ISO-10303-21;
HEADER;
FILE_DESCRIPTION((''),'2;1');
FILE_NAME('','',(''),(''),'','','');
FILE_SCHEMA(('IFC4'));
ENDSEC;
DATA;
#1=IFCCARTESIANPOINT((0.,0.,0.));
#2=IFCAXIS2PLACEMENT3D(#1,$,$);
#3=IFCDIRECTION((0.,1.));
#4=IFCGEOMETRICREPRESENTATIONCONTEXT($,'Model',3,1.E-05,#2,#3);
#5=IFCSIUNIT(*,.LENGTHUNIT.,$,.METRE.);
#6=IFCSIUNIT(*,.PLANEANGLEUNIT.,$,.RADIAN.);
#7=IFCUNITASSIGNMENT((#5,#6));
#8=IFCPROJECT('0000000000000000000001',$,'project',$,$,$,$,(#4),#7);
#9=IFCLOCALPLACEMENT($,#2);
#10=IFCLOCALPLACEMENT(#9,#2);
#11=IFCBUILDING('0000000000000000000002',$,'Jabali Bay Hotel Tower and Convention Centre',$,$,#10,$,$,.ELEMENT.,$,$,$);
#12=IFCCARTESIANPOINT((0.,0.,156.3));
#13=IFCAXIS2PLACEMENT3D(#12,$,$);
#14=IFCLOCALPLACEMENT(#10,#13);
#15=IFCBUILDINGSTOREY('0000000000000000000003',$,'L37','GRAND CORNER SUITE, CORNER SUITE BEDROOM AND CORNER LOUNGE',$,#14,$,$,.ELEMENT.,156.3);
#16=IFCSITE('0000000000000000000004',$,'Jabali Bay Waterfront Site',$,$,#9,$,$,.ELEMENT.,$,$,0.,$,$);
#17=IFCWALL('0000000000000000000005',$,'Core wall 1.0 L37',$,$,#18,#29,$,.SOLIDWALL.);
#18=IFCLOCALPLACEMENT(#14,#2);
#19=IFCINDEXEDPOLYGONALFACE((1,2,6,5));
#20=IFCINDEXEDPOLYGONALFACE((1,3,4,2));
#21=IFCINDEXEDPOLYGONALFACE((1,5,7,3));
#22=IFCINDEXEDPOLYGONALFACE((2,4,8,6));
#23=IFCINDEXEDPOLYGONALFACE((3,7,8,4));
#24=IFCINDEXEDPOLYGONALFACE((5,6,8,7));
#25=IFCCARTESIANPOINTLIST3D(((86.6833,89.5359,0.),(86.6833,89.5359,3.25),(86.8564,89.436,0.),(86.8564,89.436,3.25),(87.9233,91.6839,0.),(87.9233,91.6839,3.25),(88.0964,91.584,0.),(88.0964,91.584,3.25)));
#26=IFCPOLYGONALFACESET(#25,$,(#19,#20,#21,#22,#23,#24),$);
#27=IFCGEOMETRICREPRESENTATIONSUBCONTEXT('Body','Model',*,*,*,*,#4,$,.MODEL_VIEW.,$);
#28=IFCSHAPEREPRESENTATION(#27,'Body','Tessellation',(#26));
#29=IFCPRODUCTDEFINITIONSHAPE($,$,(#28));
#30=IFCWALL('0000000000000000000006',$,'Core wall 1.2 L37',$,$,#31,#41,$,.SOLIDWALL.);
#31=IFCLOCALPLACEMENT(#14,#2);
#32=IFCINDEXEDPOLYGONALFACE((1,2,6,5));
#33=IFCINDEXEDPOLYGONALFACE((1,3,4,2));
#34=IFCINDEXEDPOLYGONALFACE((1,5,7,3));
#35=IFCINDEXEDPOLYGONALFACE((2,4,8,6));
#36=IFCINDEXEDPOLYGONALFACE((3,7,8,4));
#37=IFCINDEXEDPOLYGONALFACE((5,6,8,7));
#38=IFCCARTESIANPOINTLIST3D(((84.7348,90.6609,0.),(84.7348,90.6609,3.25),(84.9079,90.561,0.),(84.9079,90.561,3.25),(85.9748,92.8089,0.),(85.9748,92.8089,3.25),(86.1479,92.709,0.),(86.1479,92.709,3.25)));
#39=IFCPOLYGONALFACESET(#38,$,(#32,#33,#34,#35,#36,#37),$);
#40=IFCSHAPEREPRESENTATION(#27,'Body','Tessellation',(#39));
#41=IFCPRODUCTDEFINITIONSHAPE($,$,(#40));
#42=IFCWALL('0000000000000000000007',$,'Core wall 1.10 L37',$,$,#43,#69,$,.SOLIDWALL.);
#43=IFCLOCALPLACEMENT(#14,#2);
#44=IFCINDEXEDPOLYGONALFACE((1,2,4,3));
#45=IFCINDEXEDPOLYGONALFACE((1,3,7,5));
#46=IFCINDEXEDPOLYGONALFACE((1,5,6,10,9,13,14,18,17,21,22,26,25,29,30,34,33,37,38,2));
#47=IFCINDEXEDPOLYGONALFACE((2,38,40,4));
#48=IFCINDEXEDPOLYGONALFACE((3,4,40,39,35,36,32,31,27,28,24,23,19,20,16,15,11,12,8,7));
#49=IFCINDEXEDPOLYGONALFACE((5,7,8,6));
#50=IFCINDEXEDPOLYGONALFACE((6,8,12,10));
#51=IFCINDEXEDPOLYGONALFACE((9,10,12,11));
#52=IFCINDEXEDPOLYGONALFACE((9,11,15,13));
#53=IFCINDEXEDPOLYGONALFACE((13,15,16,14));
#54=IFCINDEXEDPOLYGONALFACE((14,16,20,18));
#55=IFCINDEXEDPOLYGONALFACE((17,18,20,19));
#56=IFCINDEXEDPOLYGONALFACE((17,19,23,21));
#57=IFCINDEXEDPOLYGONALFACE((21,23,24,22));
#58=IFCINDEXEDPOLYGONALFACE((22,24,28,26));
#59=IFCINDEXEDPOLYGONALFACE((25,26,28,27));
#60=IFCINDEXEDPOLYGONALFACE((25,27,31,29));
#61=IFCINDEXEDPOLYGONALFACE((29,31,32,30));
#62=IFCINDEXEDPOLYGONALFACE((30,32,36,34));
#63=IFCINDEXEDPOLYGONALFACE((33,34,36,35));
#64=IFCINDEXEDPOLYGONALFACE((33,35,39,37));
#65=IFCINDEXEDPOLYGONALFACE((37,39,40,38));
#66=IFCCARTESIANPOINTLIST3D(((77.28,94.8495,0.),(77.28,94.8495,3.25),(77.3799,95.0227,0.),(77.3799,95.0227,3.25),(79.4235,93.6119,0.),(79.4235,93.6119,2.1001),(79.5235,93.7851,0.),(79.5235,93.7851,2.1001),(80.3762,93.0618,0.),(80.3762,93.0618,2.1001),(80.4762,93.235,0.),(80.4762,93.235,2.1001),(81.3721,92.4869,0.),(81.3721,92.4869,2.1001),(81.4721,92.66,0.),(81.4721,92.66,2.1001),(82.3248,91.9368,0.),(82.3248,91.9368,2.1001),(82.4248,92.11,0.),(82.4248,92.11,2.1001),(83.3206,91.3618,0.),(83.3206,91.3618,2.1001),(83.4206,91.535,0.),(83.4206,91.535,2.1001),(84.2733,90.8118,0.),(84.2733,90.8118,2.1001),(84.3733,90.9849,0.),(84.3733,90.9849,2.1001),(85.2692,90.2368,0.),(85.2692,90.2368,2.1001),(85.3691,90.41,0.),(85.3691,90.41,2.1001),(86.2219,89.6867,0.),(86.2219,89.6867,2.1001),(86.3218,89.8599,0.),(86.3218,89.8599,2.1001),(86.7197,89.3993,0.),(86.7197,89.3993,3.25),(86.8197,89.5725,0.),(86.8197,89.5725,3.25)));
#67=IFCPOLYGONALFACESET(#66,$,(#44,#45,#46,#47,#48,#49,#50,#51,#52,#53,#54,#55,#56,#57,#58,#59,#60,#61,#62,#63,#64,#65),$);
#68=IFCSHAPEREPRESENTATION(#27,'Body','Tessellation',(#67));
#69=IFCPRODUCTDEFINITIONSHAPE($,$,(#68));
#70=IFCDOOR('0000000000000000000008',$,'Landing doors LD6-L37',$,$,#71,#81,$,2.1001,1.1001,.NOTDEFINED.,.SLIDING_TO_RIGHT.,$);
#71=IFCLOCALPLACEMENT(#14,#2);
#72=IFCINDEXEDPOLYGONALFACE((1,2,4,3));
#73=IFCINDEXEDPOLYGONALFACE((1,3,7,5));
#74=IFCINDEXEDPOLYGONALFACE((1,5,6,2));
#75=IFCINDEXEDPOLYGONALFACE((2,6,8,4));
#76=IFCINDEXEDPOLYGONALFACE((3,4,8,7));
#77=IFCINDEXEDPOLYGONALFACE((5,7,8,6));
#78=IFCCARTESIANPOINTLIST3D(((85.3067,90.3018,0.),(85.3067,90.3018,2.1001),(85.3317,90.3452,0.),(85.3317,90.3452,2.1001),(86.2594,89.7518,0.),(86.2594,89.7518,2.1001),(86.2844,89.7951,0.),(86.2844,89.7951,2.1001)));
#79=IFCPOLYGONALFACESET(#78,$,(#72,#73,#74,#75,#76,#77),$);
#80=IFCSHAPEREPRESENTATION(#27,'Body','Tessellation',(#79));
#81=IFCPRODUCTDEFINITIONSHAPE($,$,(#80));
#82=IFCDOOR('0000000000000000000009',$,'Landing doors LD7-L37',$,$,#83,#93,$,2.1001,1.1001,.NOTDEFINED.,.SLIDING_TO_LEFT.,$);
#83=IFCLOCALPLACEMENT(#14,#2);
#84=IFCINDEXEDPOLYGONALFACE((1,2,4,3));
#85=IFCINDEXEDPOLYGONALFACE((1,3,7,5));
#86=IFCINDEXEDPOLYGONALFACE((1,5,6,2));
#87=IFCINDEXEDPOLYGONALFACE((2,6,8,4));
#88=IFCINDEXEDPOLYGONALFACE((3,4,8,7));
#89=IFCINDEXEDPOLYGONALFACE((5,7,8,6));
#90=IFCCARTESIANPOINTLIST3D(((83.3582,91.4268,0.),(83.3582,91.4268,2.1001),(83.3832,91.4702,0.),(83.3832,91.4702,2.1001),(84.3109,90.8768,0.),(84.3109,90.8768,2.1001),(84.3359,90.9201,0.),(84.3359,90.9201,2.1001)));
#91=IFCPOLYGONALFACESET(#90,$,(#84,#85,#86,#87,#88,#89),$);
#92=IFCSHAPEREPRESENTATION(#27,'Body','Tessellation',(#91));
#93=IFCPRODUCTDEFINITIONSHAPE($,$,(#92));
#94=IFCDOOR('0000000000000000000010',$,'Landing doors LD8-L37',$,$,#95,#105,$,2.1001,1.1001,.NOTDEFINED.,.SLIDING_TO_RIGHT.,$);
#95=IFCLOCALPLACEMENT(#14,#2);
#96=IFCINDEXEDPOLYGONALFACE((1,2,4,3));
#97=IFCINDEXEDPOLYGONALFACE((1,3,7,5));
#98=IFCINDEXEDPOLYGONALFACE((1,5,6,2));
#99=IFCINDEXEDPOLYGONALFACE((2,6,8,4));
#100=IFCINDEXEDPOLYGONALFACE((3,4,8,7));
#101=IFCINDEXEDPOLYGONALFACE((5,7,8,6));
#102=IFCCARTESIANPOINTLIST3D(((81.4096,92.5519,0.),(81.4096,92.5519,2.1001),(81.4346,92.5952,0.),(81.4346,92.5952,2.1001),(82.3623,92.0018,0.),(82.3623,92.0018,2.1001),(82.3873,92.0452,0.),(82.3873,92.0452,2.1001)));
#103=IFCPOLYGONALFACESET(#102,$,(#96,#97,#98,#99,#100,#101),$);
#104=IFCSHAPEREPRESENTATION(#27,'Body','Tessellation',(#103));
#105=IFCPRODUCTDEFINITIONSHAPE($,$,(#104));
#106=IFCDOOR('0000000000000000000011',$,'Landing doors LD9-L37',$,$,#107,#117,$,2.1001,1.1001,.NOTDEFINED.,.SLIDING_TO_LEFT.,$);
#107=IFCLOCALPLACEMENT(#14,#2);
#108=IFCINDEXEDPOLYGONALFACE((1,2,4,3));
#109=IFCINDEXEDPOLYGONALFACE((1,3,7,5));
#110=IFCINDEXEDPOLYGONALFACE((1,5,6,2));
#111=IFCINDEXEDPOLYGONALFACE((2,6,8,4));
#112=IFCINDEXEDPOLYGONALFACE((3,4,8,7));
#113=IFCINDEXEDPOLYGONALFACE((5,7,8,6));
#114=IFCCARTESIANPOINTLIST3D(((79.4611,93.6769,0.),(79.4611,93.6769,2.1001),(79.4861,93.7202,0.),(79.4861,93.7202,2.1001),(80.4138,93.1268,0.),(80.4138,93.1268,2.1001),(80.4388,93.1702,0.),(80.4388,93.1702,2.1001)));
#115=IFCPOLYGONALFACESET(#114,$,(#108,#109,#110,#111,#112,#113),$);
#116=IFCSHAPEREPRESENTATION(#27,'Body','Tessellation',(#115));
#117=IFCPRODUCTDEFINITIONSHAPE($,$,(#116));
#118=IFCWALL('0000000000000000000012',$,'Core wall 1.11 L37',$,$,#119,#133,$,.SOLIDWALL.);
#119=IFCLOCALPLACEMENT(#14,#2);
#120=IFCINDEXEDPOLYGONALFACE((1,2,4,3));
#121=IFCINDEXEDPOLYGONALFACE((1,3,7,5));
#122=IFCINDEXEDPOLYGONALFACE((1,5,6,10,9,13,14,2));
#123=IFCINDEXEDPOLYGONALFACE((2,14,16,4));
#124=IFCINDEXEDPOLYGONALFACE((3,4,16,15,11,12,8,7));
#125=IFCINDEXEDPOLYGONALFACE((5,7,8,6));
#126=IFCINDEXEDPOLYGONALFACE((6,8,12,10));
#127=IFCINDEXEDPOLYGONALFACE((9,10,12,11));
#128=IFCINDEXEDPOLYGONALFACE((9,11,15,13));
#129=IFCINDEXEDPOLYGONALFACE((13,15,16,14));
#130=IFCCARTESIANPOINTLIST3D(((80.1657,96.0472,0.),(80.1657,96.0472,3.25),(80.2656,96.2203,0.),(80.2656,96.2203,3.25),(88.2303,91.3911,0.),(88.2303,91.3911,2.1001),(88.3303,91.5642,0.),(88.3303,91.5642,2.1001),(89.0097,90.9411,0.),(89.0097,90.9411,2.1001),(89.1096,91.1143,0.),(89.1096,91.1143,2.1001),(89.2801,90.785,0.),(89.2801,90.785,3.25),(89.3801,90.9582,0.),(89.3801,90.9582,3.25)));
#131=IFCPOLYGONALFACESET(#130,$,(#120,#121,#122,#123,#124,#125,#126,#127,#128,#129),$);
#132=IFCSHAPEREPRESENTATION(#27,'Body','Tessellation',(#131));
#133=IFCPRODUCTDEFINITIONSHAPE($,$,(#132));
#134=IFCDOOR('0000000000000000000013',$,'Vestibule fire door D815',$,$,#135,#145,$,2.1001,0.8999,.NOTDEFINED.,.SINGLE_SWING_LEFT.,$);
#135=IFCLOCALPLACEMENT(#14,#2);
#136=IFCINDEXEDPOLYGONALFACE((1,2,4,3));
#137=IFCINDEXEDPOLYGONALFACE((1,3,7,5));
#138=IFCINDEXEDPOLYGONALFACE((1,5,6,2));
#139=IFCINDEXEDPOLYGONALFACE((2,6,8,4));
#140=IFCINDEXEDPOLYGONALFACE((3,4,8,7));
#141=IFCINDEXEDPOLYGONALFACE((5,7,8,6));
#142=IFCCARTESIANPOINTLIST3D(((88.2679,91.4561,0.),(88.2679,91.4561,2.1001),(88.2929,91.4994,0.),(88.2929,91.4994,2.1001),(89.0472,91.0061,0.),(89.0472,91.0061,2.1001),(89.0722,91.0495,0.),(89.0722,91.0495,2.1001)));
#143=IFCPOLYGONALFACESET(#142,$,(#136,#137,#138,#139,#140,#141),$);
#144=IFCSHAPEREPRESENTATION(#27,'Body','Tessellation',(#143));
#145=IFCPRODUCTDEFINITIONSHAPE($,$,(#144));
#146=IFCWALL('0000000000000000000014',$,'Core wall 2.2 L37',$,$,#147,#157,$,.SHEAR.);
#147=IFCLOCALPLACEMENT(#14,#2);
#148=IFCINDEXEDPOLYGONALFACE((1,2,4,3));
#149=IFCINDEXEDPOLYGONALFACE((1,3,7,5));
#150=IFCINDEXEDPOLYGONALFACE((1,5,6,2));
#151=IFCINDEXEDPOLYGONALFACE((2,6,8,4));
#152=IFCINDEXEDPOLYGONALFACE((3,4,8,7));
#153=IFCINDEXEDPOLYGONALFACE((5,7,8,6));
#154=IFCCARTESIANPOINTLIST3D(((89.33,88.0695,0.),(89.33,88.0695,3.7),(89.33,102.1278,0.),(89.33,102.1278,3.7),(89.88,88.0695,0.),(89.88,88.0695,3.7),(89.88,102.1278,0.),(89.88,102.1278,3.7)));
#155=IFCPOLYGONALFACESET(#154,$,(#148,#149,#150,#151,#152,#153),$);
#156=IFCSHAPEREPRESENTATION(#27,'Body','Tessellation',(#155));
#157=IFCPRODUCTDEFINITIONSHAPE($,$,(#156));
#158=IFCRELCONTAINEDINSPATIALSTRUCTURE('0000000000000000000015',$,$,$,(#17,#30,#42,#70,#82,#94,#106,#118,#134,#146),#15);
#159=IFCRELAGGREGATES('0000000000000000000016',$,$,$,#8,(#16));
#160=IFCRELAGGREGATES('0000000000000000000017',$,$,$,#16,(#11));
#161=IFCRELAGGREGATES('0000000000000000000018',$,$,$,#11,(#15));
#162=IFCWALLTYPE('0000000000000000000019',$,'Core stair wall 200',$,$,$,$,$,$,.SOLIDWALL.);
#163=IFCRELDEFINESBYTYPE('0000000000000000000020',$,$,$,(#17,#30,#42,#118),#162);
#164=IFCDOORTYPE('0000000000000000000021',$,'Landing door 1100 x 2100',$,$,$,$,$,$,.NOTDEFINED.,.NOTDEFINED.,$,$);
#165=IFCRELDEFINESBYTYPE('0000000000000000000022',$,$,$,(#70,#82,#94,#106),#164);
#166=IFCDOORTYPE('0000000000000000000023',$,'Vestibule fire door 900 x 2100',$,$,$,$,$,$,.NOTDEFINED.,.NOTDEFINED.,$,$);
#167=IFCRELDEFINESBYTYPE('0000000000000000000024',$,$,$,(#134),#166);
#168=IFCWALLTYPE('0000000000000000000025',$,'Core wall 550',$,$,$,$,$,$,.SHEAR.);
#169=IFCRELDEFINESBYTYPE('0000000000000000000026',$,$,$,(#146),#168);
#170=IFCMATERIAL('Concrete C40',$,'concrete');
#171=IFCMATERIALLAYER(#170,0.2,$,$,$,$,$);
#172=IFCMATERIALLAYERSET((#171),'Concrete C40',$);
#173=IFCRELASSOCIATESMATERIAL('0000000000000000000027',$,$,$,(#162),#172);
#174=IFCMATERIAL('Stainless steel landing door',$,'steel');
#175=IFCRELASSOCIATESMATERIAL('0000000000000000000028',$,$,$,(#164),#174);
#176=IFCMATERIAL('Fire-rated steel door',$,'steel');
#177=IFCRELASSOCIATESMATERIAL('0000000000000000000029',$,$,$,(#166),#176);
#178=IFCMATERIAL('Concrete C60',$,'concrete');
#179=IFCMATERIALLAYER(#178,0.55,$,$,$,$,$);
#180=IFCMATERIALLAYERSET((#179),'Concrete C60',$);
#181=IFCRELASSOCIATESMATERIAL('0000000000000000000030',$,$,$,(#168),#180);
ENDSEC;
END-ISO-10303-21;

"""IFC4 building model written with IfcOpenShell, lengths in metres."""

from ifc_helpers import new_model, si_unit, direction, frame, frame_2d, origin, place, context, subcontext, project, spatial, rectangle, extrude, material, layer, layer_set, type_object, element, fill, save


model = new_model("IFC4")

# Units and contexts
model_context = context("Model", 3, precision=1e-05, world=origin(), true_north=direction((0.0, 1.0)))
body_context = subcontext(model_context, "Body", "Model", "MODEL_VIEW")
ifc_project = project(units=[si_unit("LENGTHUNIT", "METRE"), si_unit("PLANEANGLEUNIT", "RADIAN")], contexts=[model_context])

# Site, building, storey
site_placement = place(None, origin())
site = spatial("IfcSite", under=ifc_project, at=site_placement, Name="Jabali Bay Waterfront Site", CompositionType="ELEMENT", RefElevation=0.0)
building_placement = place(site_placement, origin())
building = spatial("IfcBuilding", under=site, at=building_placement, Name="Jabali Bay Hotel Tower and Convention Centre", CompositionType="ELEMENT")
storey_placement = place(building_placement, frame((0.0, 0.0, 156.3)))
storey = spatial("IfcBuildingStorey", under=building, at=storey_placement, Name="L37", Description="GRAND CORNER SUITE, CORNER SUITE BEDROOM AND CORNER LOUNGE", CompositionType="ELEMENT", Elevation=156.3)

# Walls
ifc_material_1 = material(Name="Concrete C40", Category="concrete")
ifc_layer_1 = layer(ifc_material_1, 0.2)
ifc_layer_set_1 = layer_set([ifc_layer_1], Name="Concrete C40")
wall_type_1 = type_object("IfcWallType", Name="Core stair wall 200", PredefinedType="SOLIDWALL", material=ifc_layer_set_1)
for number, where, z_axis, x_axis, name in (
    (1, (86.7698, 89.4858, 0.0), (0.0, 0.0, 1.0), (0.499961, 0.866048, 0.0), "Core wall 1.0 L37"),
    (2, (84.8213, 90.6108, 0.0), (0.0, 0.0, 1.0), (0.499961, 0.866048, 0.0), "Core wall 1.2 L37"),
):
    element("IfcWall", number, at=place(storey_placement, frame(where, z_axis=z_axis, x_axis=x_axis)), inside=storey, type_object=wall_type_1, Name=name, PredefinedType="SOLIDWALL", context=body_context, shape_type="SweptSolid", body=[
        extrude(rectangle(XDim=2.4802, YDim=0.2, at=frame_2d((1.2402, 0.0))), origin(), (0.0, 0.0, 1.0), 3.25),
    ])

# Wall, openings, doors
wall_1_placement = place(storey_placement, frame((86.7698, 89.4858, 0.0), z_axis=(0.0, 0.0, 1.0), x_axis=(-0.866018, 0.500013, 0.0)))
wall_1 = element("IfcWall", 3, at=wall_1_placement, inside=storey, type_object=wall_type_1, Name="Core wall 1.10 L37", PredefinedType="SOLIDWALL", context=body_context, shape_type="SweptSolid", body=[
    extrude(rectangle(XDim=10.9001, YDim=0.2, at=frame_2d((5.4502, 0.0))), origin(), (0.0, 0.0, 1.0), 3.25),
])
opening_1_placement = place(wall_1_placement, frame((0.575, 0.0, 0.0)))
opening_1 = element("IfcOpeningElement", 4, at=opening_1_placement, cuts=wall_1, PredefinedType="OPENING", context=body_context, shape_type="SweptSolid", body=[
    extrude(rectangle(XDim=1.1001, YDim=2.1001, at=frame_2d((0.55, 1.05))), frame((0.0, 0.1104, 0.0), z_axis=(0.0, -1.0, 0.0), x_axis=(1.0, 0.0, 0.0)), (0.0, 0.0, 1.0), 0.2209),
])
opening_2_placement = place(wall_1_placement, frame((2.825, 0.0, 0.0)))
opening_2 = element("IfcOpeningElement", 5, at=opening_2_placement, cuts=wall_1, PredefinedType="OPENING", context=body_context, shape_type="SweptSolid", body=[
    extrude(rectangle(XDim=1.1001, YDim=2.1001, at=frame_2d((0.55, 1.05))), frame((0.0, 0.1104, 0.0), z_axis=(0.0, -1.0, 0.0), x_axis=(1.0, 0.0, 0.0)), (0.0, 0.0, 1.0), 0.2209),
])
opening_3_placement = place(wall_1_placement, frame((5.075, 0.0, 0.0)))
opening_3 = element("IfcOpeningElement", 6, at=opening_3_placement, cuts=wall_1, PredefinedType="OPENING", context=body_context, shape_type="SweptSolid", body=[
    extrude(rectangle(XDim=1.1001, YDim=2.1001, at=frame_2d((0.55, 1.05))), frame((0.0, 0.1104, 0.0), z_axis=(0.0, -1.0, 0.0), x_axis=(1.0, 0.0, 0.0)), (0.0, 0.0, 1.0), 0.2209),
])
opening_4_placement = place(wall_1_placement, frame((7.325, 0.0, 0.0)))
opening_4 = element("IfcOpeningElement", 7, at=opening_4_placement, cuts=wall_1, PredefinedType="OPENING", context=body_context, shape_type="SweptSolid", body=[
    extrude(rectangle(XDim=1.1001, YDim=2.1001, at=frame_2d((0.55, 1.05))), frame((0.0, 0.1104, 0.0), z_axis=(0.0, -1.0, 0.0), x_axis=(1.0, 0.0, 0.0)), (0.0, 0.0, 1.0), 0.2209),
])
ifc_material_2 = material(Name="Stainless steel landing door", Category="steel")
door_type_1 = type_object("IfcDoorType", Name="Landing door 1100 x 2100", OperationType="NOTDEFINED", PredefinedType="NOTDEFINED", material=ifc_material_2)
door_1_placement = place(opening_1_placement, origin())
door_1 = element("IfcDoor", 8, at=door_1_placement, inside=storey, type_object=door_type_1, Name="Landing doors LD6-L37", OperationType="SLIDING_TO_RIGHT", OverallHeight=2.1001, OverallWidth=1.1001, PredefinedType="NOTDEFINED", context=body_context, shape_type="SweptSolid", body=[
    extrude(rectangle(XDim=1.1001, YDim=2.1001, at=frame_2d((0.55, 1.05))), frame((0.0, 0.0249, 0.0), z_axis=(0.0, -1.0, 0.0), x_axis=(1.0, 0.0, 0.0)), (0.0, 0.0, 1.0), 0.05),
])
fill(opening_1, door_1)
door_2_placement = place(opening_2_placement, origin())
door_2 = element("IfcDoor", 9, at=door_2_placement, inside=storey, type_object=door_type_1, Name="Landing doors LD7-L37", OperationType="SLIDING_TO_LEFT", OverallHeight=2.1001, OverallWidth=1.1001, PredefinedType="NOTDEFINED", context=body_context, shape_type="SweptSolid", body=[
    extrude(rectangle(XDim=1.1001, YDim=2.1001, at=frame_2d((0.55, 1.05))), frame((0.0, 0.0249, 0.0), z_axis=(0.0, -1.0, 0.0), x_axis=(1.0, 0.0, 0.0)), (0.0, 0.0, 1.0), 0.05),
])
fill(opening_2, door_2)
door_3_placement = place(opening_3_placement, origin())
door_3 = element("IfcDoor", 10, at=door_3_placement, inside=storey, type_object=door_type_1, Name="Landing doors LD8-L37", OperationType="SLIDING_TO_RIGHT", OverallHeight=2.1001, OverallWidth=1.1001, PredefinedType="NOTDEFINED", context=body_context, shape_type="SweptSolid", body=[
    extrude(rectangle(XDim=1.1001, YDim=2.1001, at=frame_2d((0.55, 1.05))), frame((0.0, 0.0249, 0.0), z_axis=(0.0, -1.0, 0.0), x_axis=(1.0, 0.0, 0.0)), (0.0, 0.0, 1.0), 0.05),
])
fill(opening_3, door_3)
door_4_placement = place(opening_4_placement, origin())
door_4 = element("IfcDoor", 11, at=door_4_placement, inside=storey, type_object=door_type_1, Name="Landing doors LD9-L37", OperationType="SLIDING_TO_LEFT", OverallHeight=2.1001, OverallWidth=1.1001, PredefinedType="NOTDEFINED", context=body_context, shape_type="SweptSolid", body=[
    extrude(rectangle(XDim=1.1001, YDim=2.1001, at=frame_2d((0.55, 1.05))), frame((0.0, 0.0249, 0.0), z_axis=(0.0, -1.0, 0.0), x_axis=(1.0, 0.0, 0.0)), (0.0, 0.0, 1.0), 0.05),
])
fill(opening_4, door_4)

# Wall, opening, door
wall_2_placement = place(storey_placement, frame((89.3301, 90.8716, 0.0), z_axis=(0.0, 0.0, 1.0), x_axis=(-0.866028, 0.499996, 0.0)))
wall_2 = element("IfcWall", 12, at=wall_2_placement, inside=storey, type_object=wall_type_1, Name="Core wall 1.11 L37", PredefinedType="SOLIDWALL", context=body_context, shape_type="SweptSolid", body=[
    extrude(rectangle(XDim=10.5244, YDim=0.2, at=frame_2d((5.2622, 0.0))), origin(), (0.0, 0.0, 1.0), 3.25),
])
opening_5_placement = place(wall_2_placement, frame((0.3123, 0.0, 0.0)))
opening_5 = element("IfcOpeningElement", 13, at=opening_5_placement, cuts=wall_2, PredefinedType="OPENING", context=body_context, shape_type="SweptSolid", body=[
    extrude(rectangle(XDim=0.8999, YDim=2.1001, at=frame_2d((0.45, 1.05))), frame((0.0, 0.1104, 0.0), z_axis=(0.0, -1.0, 0.0), x_axis=(1.0, 0.0, 0.0)), (0.0, 0.0, 1.0), 0.2209),
])
ifc_material_3 = material(Name="Fire-rated steel door", Category="steel")
door_type_2 = type_object("IfcDoorType", Name="Vestibule fire door 900 x 2100", OperationType="NOTDEFINED", PredefinedType="NOTDEFINED", material=ifc_material_3)
door_5_placement = place(opening_5_placement, origin())
door_5 = element("IfcDoor", 14, at=door_5_placement, inside=storey, type_object=door_type_2, Name="Vestibule fire door D815", OperationType="SINGLE_SWING_LEFT", OverallHeight=2.1001, OverallWidth=0.8999, PredefinedType="NOTDEFINED", context=body_context, shape_type="SweptSolid", body=[
    extrude(rectangle(XDim=0.8999, YDim=2.1001, at=frame_2d((0.45, 1.05))), frame((0.0, 0.0249, 0.0), z_axis=(0.0, -1.0, 0.0), x_axis=(1.0, 0.0, 0.0)), (0.0, 0.0, 1.0), 0.05),
])
fill(opening_5, door_5)

# Wall
ifc_material_4 = material(Name="Concrete C60", Category="concrete")
ifc_layer_2 = layer(ifc_material_4, 0.55)
ifc_layer_set_2 = layer_set([ifc_layer_2], Name="Concrete C60")
wall_type_2 = type_object("IfcWallType", Name="Core wall 550", PredefinedType="SHEAR", material=ifc_layer_set_2)
wall_3_placement = place(storey_placement, frame((89.605, 88.0693, 0.0), z_axis=(0.0, 0.0, 1.0), x_axis=(0.0, 1.0, 0.0)))
element("IfcWall", 15, at=wall_3_placement, inside=storey, type_object=wall_type_2, Name="Core wall 2.2 L37", PredefinedType="SHEAR", context=body_context, shape_type="SweptSolid", body=[
    extrude(rectangle(XDim=14.0583, YDim=0.55, at=frame_2d((7.0293, 0.0))), origin(), (0.0, 0.0, 1.0), 3.7),
])

save(model, "model.ifc")
